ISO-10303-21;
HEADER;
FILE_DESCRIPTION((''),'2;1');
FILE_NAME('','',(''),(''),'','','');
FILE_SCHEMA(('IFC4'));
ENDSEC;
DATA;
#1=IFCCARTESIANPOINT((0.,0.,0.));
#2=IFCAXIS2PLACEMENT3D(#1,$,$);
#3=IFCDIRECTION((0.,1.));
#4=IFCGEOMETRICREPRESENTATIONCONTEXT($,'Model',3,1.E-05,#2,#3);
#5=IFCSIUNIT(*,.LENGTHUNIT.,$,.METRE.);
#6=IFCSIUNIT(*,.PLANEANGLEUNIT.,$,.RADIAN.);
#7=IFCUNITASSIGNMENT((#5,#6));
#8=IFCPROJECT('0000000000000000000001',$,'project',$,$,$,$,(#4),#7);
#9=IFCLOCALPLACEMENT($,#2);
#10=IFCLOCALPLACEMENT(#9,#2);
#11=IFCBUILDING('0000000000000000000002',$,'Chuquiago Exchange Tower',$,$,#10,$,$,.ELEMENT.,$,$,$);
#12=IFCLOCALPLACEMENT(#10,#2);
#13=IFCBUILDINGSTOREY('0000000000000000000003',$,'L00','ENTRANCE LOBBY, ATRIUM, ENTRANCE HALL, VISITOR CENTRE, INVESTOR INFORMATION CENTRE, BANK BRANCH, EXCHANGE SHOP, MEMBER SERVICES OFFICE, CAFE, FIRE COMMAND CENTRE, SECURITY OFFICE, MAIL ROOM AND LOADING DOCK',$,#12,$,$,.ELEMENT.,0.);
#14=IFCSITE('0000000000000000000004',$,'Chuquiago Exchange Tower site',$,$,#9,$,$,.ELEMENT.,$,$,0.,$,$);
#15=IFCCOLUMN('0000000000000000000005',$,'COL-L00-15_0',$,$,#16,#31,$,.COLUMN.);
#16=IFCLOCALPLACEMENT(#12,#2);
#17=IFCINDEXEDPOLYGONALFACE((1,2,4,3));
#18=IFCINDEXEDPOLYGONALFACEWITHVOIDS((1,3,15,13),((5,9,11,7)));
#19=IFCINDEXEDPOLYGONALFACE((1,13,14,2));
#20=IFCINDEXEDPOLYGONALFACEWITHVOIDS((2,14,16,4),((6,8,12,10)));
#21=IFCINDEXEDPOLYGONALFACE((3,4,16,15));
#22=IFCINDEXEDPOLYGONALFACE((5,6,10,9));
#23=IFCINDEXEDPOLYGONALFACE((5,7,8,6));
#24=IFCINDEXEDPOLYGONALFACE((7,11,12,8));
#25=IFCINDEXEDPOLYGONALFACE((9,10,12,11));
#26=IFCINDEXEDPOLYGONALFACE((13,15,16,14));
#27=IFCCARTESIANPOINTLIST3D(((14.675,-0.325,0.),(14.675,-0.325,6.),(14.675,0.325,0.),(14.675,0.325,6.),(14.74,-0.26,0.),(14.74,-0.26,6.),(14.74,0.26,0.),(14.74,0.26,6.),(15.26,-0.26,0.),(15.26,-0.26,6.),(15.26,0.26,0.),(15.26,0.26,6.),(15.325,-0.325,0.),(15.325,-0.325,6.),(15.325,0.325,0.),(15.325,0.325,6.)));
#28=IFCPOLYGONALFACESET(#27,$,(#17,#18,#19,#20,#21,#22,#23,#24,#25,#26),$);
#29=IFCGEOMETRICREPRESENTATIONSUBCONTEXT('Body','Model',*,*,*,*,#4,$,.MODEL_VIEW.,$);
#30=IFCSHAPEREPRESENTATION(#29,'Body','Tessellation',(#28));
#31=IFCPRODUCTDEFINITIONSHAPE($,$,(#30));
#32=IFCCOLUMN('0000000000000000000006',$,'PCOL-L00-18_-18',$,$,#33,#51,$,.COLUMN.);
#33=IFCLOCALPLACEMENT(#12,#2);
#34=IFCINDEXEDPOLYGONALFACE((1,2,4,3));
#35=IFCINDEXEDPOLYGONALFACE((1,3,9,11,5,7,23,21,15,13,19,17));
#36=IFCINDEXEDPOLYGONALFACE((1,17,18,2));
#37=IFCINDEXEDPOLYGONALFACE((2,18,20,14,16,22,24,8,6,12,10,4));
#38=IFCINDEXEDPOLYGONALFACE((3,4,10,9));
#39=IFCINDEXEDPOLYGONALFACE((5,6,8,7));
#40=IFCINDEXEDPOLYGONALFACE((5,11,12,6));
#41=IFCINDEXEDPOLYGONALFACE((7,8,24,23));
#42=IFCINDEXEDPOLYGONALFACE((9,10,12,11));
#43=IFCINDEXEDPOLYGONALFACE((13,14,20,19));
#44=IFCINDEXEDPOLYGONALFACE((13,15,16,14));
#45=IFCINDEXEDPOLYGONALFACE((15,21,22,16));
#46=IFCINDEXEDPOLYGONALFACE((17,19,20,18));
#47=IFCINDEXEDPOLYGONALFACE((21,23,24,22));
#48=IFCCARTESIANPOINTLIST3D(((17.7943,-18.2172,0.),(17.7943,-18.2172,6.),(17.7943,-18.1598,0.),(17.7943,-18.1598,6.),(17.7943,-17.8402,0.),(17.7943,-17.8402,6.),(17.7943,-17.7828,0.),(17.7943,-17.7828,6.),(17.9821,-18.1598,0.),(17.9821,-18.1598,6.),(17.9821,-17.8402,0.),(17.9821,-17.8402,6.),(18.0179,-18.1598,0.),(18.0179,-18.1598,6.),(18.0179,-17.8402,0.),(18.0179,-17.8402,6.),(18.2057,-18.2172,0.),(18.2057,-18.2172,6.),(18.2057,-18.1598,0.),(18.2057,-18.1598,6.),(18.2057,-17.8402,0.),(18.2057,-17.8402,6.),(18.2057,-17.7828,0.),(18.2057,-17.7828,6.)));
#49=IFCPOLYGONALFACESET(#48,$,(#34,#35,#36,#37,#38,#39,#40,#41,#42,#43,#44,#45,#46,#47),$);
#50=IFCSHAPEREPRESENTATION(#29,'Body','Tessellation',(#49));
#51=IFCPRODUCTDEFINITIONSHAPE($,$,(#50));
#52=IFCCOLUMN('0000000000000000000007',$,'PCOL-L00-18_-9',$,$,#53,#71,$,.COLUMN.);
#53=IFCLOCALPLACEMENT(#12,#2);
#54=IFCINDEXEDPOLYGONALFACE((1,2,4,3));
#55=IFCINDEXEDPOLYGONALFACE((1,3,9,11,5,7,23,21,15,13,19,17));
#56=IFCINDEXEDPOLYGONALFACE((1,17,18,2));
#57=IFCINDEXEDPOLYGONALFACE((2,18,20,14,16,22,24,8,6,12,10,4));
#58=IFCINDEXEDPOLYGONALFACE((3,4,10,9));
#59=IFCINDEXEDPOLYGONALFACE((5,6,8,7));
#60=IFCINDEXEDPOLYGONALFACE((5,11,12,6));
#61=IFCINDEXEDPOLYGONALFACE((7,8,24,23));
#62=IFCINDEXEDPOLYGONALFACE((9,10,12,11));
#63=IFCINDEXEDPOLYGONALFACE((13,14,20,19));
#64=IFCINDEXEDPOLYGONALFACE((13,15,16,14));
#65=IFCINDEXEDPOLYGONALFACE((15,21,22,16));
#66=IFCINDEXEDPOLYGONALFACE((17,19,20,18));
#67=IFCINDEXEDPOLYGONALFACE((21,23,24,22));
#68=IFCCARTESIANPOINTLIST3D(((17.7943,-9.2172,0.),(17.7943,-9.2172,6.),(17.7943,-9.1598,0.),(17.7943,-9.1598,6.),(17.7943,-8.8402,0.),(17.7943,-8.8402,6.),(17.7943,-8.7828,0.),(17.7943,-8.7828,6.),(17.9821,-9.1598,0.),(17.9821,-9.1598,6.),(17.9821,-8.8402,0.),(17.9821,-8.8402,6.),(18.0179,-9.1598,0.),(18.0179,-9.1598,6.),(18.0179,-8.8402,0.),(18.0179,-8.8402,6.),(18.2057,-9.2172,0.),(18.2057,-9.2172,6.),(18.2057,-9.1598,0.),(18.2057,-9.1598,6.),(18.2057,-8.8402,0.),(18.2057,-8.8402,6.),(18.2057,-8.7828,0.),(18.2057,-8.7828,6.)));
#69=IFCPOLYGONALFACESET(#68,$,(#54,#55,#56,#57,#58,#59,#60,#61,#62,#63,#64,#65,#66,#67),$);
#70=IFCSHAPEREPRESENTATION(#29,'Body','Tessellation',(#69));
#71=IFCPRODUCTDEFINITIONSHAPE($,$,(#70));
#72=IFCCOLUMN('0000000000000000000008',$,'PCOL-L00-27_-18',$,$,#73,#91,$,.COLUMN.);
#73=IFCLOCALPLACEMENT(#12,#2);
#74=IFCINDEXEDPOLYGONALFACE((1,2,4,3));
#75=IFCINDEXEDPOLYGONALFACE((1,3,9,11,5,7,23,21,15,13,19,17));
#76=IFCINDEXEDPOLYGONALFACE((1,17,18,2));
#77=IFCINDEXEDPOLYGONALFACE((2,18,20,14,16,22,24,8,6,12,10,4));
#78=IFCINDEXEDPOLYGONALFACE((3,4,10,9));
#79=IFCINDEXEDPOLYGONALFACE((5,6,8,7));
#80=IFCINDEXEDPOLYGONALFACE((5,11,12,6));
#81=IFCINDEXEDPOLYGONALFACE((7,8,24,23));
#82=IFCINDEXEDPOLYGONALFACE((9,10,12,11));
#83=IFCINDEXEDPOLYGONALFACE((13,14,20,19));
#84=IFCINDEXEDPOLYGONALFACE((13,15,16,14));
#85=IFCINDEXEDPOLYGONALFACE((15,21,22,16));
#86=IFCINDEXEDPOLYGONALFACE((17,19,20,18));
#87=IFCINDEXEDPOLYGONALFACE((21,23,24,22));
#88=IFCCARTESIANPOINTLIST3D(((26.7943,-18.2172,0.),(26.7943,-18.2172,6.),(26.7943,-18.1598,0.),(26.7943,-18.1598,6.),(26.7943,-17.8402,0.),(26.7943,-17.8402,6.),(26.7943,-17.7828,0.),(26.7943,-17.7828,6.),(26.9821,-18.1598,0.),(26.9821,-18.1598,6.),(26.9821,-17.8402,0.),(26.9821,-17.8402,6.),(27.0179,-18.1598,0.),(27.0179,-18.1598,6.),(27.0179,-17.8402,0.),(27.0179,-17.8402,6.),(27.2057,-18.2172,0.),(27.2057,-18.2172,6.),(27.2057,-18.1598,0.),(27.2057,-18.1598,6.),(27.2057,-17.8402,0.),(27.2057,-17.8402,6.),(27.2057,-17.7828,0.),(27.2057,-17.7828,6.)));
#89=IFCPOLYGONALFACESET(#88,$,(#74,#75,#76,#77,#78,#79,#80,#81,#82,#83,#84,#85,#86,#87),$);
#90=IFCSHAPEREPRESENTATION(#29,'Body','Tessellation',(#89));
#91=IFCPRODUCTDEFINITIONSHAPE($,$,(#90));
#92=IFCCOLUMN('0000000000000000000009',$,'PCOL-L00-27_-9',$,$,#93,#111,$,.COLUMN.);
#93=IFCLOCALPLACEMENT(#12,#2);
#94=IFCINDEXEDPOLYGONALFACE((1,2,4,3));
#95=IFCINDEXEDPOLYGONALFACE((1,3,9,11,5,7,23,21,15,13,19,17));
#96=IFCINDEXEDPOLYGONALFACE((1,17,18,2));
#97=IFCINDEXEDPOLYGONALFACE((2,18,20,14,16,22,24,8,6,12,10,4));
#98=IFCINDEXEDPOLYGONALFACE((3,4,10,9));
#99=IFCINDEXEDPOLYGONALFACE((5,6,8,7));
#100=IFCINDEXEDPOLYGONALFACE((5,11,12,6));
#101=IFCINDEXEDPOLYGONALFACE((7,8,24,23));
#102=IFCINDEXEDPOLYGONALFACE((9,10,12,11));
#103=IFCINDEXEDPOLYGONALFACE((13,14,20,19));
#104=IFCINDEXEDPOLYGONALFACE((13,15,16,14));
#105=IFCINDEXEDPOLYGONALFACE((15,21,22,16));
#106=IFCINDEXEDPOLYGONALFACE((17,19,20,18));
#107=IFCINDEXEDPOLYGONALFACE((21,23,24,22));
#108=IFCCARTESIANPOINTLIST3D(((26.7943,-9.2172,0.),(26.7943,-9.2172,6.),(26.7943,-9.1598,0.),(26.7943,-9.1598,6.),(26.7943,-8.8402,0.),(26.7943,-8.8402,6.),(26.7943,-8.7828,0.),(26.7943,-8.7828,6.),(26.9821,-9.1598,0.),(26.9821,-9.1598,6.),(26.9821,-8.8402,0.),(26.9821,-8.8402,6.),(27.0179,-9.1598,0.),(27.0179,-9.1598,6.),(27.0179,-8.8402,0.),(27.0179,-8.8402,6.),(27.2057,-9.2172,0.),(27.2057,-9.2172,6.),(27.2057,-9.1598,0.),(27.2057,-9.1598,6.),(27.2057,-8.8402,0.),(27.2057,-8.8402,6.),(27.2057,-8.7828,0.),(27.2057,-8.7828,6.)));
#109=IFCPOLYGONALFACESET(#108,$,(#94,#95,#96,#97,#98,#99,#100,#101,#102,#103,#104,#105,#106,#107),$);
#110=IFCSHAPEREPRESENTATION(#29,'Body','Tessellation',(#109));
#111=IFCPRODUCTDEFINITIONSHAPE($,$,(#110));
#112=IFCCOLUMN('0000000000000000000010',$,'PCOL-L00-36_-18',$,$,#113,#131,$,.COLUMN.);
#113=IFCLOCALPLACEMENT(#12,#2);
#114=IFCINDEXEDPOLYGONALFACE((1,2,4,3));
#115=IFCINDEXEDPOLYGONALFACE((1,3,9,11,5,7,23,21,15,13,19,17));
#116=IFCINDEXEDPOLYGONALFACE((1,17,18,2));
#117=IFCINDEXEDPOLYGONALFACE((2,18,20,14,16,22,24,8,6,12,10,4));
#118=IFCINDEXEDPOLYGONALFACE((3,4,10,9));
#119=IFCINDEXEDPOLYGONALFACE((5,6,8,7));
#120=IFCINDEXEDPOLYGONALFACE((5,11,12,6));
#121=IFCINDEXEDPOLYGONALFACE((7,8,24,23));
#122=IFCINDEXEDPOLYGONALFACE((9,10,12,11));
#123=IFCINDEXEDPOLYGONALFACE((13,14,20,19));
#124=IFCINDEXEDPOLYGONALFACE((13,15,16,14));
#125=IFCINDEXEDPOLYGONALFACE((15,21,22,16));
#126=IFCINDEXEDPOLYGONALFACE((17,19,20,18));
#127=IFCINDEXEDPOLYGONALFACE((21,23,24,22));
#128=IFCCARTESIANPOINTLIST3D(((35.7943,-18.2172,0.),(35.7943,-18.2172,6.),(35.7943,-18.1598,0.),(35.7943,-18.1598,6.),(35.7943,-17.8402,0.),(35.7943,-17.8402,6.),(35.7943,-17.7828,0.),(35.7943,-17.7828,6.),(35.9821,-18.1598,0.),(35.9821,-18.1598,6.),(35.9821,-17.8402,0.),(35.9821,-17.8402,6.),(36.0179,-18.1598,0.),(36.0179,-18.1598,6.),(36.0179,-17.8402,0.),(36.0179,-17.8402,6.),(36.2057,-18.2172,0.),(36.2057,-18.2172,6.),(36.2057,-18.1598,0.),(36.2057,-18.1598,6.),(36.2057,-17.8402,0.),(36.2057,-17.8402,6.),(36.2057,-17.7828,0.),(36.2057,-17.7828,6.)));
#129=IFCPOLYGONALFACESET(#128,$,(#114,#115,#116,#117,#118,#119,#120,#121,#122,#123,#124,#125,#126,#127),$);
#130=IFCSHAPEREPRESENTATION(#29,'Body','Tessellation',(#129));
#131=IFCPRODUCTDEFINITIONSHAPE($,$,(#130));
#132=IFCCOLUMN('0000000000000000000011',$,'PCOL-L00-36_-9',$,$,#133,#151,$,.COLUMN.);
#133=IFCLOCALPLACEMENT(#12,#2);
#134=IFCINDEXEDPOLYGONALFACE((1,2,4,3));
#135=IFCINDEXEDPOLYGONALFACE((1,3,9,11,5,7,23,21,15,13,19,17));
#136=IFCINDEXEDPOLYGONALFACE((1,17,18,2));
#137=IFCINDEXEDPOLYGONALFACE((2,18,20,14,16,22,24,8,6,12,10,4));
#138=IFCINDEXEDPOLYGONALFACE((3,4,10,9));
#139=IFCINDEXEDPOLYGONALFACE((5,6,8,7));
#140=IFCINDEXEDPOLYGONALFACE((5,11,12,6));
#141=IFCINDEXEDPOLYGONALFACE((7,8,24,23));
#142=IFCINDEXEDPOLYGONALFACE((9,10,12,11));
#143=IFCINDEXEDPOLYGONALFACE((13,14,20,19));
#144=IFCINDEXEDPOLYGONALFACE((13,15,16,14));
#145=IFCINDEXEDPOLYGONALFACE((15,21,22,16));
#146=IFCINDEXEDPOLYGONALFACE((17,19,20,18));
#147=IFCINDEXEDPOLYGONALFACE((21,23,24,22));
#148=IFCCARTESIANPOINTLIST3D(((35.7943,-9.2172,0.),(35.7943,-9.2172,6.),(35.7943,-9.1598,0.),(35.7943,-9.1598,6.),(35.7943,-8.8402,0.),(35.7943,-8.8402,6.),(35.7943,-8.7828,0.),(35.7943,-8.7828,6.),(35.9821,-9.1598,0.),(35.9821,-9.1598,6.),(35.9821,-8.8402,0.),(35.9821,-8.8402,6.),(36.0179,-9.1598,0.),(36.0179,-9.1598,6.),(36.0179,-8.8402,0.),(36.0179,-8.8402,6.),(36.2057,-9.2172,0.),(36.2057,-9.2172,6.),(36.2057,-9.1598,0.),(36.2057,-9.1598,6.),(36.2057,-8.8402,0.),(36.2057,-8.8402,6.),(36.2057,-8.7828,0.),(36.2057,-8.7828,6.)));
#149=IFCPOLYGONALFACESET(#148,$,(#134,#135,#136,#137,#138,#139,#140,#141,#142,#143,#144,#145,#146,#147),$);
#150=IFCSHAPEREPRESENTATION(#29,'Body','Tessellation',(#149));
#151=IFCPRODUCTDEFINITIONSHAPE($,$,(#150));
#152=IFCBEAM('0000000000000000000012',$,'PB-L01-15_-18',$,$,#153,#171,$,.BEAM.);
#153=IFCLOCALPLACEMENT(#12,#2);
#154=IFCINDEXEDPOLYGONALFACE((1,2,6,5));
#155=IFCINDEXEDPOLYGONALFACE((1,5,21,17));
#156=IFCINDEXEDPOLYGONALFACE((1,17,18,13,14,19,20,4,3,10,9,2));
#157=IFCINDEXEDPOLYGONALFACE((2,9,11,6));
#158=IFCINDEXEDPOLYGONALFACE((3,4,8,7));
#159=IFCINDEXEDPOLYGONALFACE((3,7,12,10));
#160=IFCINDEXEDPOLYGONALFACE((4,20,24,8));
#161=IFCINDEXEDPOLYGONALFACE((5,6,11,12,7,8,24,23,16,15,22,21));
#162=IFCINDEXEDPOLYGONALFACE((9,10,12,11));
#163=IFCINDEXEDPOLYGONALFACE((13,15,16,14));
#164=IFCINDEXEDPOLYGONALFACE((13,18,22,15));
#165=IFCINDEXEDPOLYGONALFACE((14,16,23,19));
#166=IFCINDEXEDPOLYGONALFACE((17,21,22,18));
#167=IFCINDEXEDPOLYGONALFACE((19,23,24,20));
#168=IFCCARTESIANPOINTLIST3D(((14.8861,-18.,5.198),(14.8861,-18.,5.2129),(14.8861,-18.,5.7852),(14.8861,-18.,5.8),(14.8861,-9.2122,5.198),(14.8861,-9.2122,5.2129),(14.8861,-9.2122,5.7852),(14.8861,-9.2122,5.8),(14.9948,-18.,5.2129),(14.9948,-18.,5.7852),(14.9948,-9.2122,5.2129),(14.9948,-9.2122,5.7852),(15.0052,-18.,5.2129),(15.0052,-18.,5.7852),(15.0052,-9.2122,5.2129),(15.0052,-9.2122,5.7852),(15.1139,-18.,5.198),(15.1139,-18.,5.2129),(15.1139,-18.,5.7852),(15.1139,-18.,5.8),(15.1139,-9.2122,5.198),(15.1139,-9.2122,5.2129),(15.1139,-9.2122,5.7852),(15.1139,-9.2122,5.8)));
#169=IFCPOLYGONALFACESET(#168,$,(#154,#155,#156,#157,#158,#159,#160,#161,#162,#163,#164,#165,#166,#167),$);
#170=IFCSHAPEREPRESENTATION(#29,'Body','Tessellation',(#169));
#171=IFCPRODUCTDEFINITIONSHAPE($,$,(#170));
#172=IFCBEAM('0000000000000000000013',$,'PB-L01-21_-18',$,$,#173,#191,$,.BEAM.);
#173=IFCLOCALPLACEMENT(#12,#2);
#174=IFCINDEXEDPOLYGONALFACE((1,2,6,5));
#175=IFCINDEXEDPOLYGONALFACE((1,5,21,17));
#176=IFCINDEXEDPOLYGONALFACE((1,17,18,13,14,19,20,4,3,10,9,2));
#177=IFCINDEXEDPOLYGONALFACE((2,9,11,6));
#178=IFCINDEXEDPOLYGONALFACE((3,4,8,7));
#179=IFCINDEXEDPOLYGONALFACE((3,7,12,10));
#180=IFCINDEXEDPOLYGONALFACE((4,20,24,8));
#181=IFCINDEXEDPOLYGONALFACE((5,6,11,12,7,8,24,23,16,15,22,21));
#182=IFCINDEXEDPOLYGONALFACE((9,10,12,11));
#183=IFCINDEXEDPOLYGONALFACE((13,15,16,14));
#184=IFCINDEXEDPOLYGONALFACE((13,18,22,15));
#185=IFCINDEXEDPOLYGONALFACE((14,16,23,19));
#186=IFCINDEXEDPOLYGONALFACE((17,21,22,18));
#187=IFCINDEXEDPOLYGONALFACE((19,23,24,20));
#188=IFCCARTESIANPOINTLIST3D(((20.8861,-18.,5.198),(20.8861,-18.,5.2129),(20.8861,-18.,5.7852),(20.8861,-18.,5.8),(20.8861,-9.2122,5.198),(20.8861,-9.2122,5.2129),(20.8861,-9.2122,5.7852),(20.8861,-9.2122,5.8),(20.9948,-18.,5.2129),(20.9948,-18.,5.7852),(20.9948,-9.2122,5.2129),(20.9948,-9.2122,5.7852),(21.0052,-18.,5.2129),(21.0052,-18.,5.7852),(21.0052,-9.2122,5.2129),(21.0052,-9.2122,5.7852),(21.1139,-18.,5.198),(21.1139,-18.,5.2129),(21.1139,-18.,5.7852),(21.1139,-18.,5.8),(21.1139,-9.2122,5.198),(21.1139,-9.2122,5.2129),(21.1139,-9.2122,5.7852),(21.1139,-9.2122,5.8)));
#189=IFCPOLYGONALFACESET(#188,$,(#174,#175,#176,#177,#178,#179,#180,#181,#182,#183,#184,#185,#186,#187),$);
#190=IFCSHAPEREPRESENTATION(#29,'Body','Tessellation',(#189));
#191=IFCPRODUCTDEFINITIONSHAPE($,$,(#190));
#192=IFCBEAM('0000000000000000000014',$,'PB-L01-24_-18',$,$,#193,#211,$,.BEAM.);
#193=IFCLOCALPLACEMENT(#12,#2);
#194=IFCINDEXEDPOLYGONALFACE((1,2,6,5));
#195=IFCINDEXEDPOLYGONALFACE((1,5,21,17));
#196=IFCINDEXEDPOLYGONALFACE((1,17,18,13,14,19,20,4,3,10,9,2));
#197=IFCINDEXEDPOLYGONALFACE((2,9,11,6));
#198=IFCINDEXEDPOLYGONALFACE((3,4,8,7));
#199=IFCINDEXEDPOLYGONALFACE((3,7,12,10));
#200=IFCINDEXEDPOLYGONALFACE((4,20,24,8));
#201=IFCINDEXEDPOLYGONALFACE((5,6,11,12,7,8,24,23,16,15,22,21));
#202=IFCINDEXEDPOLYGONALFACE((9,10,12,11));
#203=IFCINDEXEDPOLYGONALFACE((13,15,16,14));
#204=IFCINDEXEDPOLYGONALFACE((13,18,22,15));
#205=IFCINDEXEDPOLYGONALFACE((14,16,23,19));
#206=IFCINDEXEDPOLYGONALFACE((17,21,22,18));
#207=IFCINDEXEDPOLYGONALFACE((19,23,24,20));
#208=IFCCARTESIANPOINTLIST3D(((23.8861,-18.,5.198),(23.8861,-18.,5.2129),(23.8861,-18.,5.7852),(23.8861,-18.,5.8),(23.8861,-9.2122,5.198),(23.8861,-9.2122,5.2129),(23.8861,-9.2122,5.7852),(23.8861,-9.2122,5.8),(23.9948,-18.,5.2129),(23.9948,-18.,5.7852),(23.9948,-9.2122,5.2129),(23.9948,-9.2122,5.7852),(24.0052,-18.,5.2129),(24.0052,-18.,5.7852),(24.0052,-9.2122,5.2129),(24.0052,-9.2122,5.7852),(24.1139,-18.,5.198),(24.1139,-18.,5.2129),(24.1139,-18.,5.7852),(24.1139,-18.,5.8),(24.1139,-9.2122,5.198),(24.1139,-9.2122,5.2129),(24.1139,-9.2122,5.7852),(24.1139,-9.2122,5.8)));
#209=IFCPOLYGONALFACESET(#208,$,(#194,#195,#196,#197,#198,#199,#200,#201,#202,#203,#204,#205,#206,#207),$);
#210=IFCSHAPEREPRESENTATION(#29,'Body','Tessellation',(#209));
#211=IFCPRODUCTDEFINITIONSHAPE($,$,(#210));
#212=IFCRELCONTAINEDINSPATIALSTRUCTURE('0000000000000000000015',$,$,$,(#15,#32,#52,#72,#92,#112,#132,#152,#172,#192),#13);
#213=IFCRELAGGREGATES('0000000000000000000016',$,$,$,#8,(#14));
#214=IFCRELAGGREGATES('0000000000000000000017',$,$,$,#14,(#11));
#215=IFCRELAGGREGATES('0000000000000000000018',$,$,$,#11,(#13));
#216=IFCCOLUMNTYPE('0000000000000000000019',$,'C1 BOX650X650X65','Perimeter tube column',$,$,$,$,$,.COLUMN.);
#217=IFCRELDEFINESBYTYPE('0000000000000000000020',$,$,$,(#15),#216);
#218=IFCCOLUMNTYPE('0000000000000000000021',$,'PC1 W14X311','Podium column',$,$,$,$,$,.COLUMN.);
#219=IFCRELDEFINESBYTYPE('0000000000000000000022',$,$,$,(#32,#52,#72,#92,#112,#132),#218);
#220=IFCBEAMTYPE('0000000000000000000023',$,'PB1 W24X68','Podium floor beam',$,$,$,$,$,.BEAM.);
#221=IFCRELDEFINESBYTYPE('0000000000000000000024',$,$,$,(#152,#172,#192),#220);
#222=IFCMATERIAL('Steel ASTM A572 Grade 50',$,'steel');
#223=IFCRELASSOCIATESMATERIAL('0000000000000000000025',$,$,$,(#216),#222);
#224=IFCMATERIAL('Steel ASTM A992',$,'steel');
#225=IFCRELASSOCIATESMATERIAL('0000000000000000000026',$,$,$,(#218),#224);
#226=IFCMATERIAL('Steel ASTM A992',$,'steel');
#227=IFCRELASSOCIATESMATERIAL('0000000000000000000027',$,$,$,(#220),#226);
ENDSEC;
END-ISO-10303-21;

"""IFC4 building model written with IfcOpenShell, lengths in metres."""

from ifc_helpers import new_model, si_unit, direction, frame, origin, origin_2d, place, context, subcontext, project, spatial, hollow_rectangle, i_section, extrude, material, material_profile, profile_set, type_object, element, save


model = new_model("IFC4")

# Units and contexts
model_context = context("Model", 3, precision=1e-05, world=origin(), true_north=direction((0.0, 1.0)))
body_context = subcontext(model_context, "Body", "Model", "MODEL_VIEW")
ifc_project = project(units=[si_unit("LENGTHUNIT", "METRE"), si_unit("PLANEANGLEUNIT", "RADIAN")], contexts=[model_context])

# Site, building, storey
site_placement = place(None, origin())
site = spatial("IfcSite", under=ifc_project, at=site_placement, Name="Chuquiago Exchange Tower site", CompositionType="ELEMENT", RefElevation=0.0)
building_placement = place(site_placement, origin())
building = spatial("IfcBuilding", under=site, at=building_placement, Name="Chuquiago Exchange Tower", CompositionType="ELEMENT")
storey_placement = place(building_placement, origin())
storey = spatial("IfcBuildingStorey", under=building, at=storey_placement, Name="L00", Description="ENTRANCE LOBBY, ATRIUM, ENTRANCE HALL, VISITOR CENTRE, INVESTOR INFORMATION CENTRE, BANK BRANCH, EXCHANGE SHOP, MEMBER SERVICES OFFICE, CAFE, FIRE COMMAND CENTRE, SECURITY OFFICE, MAIL ROOM AND LOADING DOCK", CompositionType="ELEMENT", Elevation=0.0)

# Columns
ifc_material_1 = material(Name="Steel ASTM A572 Grade 50", Category="steel")
ifc_material_profile_1 = material_profile(ifc_material_1, hollow_rectangle(XDim=0.6499, YDim=0.6499, WallThickness=0.0649, at=origin_2d()), Name="BOX650X650X65")
ifc_profile_set_1 = profile_set([ifc_material_profile_1], Name="Steel ASTM A572 Grade 50")
column_type_1 = type_object("IfcColumnType", Name="C1 BOX650X650X65", Description="Perimeter tube column", PredefinedType="COLUMN", material=ifc_profile_set_1)
column_placement = place(storey_placement, frame((15.0, 0.0, 0.0), z_axis=(0.0, 0.0, 1.0), x_axis=(0.0, -1.0, 0.0)))
element("IfcColumn", 1, at=column_placement, inside=storey, type_object=column_type_1, Name="COL-L00-15_0", PredefinedType="COLUMN", context=body_context, shape_type="SweptSolid", body=[
    extrude(hollow_rectangle(XDim=0.6499, YDim=0.6499, WallThickness=0.0649, at=origin_2d()), origin(), (0.0, 0.0, 1.0), 6.0),
])
ifc_material_2 = material(Name="Steel ASTM A992", Category="steel")
ifc_material_profile_2 = material_profile(ifc_material_2, i_section(OverallWidth=0.4114, OverallDepth=0.4343, WebThickness=0.0359, FlangeThickness=0.0574, at=origin_2d()), Name="W14X311")
ifc_profile_set_2 = profile_set([ifc_material_profile_2], Name="Steel ASTM A992")
column_type_2 = type_object("IfcColumnType", Name="PC1 W14X311", Description="Podium column", PredefinedType="COLUMN", material=ifc_profile_set_2)
for number, where, z_axis, x_axis, name in (
    (2, (18.0, -18.0, 0.0), (0.0, 0.0, 1.0), (1.0, 0.0, 0.0), "PCOL-L00-18_-18"),
    (3, (18.0, -9.0, 0.0), (0.0, 0.0, 1.0), (1.0, 0.0, 0.0), "PCOL-L00-18_-9"),
    (4, (27.0, -18.0, 0.0), (0.0, 0.0, 1.0), (1.0, 0.0, 0.0), "PCOL-L00-27_-18"),
    (5, (27.0, -9.0, 0.0), (0.0, 0.0, 1.0), (1.0, 0.0, 0.0), "PCOL-L00-27_-9"),
    (6, (36.0, -18.0, 0.0), (0.0, 0.0, 1.0), (1.0, 0.0, 0.0), "PCOL-L00-36_-18"),
    (7, (36.0, -9.0, 0.0), (0.0, 0.0, 1.0), (1.0, 0.0, 0.0), "PCOL-L00-36_-9"),
):
    element("IfcColumn", number, at=place(storey_placement, frame(where, z_axis=z_axis, x_axis=x_axis)), inside=storey, type_object=column_type_2, Name=name, PredefinedType="COLUMN", context=body_context, shape_type="SweptSolid", body=[
        extrude(i_section(OverallWidth=0.4114, OverallDepth=0.4343, WebThickness=0.0359, FlangeThickness=0.0574, at=origin_2d()), origin(), (0.0, 0.0, 1.0), 6.0),
    ])

# Beams
ifc_material_3 = material(Name="Steel ASTM A992", Category="steel")
ifc_material_profile_3 = material_profile(ifc_material_3, i_section(OverallWidth=0.2278, OverallDepth=0.6021, WebThickness=0.0105, FlangeThickness=0.0149, at=origin_2d()), Name="W24X68")
ifc_profile_set_3 = profile_set([ifc_material_profile_3], Name="Steel ASTM A992")
beam_type_1 = type_object("IfcBeamType", Name="PB1 W24X68", Description="Podium floor beam", PredefinedType="BEAM", material=ifc_profile_set_3)
for number, where, z_axis, x_axis, name in (
    (8, (15.0, -18.0, 5.499), (0.0, 1.0, 0.0), (-1.0, 0.0, 0.0), "PB-L01-15_-18"),
    (9, (21.0, -18.0, 5.499), (0.0, 1.0, 0.0), (-1.0, 0.0, 0.0), "PB-L01-21_-18"),
    (10, (24.0, -18.0, 5.499), (0.0, 1.0, 0.0), (-1.0, 0.0, 0.0), "PB-L01-24_-18"),
):
    element("IfcBeam", number, at=place(storey_placement, frame(where, z_axis=z_axis, x_axis=x_axis)), inside=storey, type_object=beam_type_1, Name=name, PredefinedType="BEAM", context=body_context, shape_type="SweptSolid", body=[
        extrude(i_section(OverallWidth=0.2278, OverallDepth=0.6021, WebThickness=0.0105, FlangeThickness=0.0149, at=origin_2d()), origin(), (0.0, 0.0, 1.0), 8.7878),
    ])

save(model, "model.ifc")
